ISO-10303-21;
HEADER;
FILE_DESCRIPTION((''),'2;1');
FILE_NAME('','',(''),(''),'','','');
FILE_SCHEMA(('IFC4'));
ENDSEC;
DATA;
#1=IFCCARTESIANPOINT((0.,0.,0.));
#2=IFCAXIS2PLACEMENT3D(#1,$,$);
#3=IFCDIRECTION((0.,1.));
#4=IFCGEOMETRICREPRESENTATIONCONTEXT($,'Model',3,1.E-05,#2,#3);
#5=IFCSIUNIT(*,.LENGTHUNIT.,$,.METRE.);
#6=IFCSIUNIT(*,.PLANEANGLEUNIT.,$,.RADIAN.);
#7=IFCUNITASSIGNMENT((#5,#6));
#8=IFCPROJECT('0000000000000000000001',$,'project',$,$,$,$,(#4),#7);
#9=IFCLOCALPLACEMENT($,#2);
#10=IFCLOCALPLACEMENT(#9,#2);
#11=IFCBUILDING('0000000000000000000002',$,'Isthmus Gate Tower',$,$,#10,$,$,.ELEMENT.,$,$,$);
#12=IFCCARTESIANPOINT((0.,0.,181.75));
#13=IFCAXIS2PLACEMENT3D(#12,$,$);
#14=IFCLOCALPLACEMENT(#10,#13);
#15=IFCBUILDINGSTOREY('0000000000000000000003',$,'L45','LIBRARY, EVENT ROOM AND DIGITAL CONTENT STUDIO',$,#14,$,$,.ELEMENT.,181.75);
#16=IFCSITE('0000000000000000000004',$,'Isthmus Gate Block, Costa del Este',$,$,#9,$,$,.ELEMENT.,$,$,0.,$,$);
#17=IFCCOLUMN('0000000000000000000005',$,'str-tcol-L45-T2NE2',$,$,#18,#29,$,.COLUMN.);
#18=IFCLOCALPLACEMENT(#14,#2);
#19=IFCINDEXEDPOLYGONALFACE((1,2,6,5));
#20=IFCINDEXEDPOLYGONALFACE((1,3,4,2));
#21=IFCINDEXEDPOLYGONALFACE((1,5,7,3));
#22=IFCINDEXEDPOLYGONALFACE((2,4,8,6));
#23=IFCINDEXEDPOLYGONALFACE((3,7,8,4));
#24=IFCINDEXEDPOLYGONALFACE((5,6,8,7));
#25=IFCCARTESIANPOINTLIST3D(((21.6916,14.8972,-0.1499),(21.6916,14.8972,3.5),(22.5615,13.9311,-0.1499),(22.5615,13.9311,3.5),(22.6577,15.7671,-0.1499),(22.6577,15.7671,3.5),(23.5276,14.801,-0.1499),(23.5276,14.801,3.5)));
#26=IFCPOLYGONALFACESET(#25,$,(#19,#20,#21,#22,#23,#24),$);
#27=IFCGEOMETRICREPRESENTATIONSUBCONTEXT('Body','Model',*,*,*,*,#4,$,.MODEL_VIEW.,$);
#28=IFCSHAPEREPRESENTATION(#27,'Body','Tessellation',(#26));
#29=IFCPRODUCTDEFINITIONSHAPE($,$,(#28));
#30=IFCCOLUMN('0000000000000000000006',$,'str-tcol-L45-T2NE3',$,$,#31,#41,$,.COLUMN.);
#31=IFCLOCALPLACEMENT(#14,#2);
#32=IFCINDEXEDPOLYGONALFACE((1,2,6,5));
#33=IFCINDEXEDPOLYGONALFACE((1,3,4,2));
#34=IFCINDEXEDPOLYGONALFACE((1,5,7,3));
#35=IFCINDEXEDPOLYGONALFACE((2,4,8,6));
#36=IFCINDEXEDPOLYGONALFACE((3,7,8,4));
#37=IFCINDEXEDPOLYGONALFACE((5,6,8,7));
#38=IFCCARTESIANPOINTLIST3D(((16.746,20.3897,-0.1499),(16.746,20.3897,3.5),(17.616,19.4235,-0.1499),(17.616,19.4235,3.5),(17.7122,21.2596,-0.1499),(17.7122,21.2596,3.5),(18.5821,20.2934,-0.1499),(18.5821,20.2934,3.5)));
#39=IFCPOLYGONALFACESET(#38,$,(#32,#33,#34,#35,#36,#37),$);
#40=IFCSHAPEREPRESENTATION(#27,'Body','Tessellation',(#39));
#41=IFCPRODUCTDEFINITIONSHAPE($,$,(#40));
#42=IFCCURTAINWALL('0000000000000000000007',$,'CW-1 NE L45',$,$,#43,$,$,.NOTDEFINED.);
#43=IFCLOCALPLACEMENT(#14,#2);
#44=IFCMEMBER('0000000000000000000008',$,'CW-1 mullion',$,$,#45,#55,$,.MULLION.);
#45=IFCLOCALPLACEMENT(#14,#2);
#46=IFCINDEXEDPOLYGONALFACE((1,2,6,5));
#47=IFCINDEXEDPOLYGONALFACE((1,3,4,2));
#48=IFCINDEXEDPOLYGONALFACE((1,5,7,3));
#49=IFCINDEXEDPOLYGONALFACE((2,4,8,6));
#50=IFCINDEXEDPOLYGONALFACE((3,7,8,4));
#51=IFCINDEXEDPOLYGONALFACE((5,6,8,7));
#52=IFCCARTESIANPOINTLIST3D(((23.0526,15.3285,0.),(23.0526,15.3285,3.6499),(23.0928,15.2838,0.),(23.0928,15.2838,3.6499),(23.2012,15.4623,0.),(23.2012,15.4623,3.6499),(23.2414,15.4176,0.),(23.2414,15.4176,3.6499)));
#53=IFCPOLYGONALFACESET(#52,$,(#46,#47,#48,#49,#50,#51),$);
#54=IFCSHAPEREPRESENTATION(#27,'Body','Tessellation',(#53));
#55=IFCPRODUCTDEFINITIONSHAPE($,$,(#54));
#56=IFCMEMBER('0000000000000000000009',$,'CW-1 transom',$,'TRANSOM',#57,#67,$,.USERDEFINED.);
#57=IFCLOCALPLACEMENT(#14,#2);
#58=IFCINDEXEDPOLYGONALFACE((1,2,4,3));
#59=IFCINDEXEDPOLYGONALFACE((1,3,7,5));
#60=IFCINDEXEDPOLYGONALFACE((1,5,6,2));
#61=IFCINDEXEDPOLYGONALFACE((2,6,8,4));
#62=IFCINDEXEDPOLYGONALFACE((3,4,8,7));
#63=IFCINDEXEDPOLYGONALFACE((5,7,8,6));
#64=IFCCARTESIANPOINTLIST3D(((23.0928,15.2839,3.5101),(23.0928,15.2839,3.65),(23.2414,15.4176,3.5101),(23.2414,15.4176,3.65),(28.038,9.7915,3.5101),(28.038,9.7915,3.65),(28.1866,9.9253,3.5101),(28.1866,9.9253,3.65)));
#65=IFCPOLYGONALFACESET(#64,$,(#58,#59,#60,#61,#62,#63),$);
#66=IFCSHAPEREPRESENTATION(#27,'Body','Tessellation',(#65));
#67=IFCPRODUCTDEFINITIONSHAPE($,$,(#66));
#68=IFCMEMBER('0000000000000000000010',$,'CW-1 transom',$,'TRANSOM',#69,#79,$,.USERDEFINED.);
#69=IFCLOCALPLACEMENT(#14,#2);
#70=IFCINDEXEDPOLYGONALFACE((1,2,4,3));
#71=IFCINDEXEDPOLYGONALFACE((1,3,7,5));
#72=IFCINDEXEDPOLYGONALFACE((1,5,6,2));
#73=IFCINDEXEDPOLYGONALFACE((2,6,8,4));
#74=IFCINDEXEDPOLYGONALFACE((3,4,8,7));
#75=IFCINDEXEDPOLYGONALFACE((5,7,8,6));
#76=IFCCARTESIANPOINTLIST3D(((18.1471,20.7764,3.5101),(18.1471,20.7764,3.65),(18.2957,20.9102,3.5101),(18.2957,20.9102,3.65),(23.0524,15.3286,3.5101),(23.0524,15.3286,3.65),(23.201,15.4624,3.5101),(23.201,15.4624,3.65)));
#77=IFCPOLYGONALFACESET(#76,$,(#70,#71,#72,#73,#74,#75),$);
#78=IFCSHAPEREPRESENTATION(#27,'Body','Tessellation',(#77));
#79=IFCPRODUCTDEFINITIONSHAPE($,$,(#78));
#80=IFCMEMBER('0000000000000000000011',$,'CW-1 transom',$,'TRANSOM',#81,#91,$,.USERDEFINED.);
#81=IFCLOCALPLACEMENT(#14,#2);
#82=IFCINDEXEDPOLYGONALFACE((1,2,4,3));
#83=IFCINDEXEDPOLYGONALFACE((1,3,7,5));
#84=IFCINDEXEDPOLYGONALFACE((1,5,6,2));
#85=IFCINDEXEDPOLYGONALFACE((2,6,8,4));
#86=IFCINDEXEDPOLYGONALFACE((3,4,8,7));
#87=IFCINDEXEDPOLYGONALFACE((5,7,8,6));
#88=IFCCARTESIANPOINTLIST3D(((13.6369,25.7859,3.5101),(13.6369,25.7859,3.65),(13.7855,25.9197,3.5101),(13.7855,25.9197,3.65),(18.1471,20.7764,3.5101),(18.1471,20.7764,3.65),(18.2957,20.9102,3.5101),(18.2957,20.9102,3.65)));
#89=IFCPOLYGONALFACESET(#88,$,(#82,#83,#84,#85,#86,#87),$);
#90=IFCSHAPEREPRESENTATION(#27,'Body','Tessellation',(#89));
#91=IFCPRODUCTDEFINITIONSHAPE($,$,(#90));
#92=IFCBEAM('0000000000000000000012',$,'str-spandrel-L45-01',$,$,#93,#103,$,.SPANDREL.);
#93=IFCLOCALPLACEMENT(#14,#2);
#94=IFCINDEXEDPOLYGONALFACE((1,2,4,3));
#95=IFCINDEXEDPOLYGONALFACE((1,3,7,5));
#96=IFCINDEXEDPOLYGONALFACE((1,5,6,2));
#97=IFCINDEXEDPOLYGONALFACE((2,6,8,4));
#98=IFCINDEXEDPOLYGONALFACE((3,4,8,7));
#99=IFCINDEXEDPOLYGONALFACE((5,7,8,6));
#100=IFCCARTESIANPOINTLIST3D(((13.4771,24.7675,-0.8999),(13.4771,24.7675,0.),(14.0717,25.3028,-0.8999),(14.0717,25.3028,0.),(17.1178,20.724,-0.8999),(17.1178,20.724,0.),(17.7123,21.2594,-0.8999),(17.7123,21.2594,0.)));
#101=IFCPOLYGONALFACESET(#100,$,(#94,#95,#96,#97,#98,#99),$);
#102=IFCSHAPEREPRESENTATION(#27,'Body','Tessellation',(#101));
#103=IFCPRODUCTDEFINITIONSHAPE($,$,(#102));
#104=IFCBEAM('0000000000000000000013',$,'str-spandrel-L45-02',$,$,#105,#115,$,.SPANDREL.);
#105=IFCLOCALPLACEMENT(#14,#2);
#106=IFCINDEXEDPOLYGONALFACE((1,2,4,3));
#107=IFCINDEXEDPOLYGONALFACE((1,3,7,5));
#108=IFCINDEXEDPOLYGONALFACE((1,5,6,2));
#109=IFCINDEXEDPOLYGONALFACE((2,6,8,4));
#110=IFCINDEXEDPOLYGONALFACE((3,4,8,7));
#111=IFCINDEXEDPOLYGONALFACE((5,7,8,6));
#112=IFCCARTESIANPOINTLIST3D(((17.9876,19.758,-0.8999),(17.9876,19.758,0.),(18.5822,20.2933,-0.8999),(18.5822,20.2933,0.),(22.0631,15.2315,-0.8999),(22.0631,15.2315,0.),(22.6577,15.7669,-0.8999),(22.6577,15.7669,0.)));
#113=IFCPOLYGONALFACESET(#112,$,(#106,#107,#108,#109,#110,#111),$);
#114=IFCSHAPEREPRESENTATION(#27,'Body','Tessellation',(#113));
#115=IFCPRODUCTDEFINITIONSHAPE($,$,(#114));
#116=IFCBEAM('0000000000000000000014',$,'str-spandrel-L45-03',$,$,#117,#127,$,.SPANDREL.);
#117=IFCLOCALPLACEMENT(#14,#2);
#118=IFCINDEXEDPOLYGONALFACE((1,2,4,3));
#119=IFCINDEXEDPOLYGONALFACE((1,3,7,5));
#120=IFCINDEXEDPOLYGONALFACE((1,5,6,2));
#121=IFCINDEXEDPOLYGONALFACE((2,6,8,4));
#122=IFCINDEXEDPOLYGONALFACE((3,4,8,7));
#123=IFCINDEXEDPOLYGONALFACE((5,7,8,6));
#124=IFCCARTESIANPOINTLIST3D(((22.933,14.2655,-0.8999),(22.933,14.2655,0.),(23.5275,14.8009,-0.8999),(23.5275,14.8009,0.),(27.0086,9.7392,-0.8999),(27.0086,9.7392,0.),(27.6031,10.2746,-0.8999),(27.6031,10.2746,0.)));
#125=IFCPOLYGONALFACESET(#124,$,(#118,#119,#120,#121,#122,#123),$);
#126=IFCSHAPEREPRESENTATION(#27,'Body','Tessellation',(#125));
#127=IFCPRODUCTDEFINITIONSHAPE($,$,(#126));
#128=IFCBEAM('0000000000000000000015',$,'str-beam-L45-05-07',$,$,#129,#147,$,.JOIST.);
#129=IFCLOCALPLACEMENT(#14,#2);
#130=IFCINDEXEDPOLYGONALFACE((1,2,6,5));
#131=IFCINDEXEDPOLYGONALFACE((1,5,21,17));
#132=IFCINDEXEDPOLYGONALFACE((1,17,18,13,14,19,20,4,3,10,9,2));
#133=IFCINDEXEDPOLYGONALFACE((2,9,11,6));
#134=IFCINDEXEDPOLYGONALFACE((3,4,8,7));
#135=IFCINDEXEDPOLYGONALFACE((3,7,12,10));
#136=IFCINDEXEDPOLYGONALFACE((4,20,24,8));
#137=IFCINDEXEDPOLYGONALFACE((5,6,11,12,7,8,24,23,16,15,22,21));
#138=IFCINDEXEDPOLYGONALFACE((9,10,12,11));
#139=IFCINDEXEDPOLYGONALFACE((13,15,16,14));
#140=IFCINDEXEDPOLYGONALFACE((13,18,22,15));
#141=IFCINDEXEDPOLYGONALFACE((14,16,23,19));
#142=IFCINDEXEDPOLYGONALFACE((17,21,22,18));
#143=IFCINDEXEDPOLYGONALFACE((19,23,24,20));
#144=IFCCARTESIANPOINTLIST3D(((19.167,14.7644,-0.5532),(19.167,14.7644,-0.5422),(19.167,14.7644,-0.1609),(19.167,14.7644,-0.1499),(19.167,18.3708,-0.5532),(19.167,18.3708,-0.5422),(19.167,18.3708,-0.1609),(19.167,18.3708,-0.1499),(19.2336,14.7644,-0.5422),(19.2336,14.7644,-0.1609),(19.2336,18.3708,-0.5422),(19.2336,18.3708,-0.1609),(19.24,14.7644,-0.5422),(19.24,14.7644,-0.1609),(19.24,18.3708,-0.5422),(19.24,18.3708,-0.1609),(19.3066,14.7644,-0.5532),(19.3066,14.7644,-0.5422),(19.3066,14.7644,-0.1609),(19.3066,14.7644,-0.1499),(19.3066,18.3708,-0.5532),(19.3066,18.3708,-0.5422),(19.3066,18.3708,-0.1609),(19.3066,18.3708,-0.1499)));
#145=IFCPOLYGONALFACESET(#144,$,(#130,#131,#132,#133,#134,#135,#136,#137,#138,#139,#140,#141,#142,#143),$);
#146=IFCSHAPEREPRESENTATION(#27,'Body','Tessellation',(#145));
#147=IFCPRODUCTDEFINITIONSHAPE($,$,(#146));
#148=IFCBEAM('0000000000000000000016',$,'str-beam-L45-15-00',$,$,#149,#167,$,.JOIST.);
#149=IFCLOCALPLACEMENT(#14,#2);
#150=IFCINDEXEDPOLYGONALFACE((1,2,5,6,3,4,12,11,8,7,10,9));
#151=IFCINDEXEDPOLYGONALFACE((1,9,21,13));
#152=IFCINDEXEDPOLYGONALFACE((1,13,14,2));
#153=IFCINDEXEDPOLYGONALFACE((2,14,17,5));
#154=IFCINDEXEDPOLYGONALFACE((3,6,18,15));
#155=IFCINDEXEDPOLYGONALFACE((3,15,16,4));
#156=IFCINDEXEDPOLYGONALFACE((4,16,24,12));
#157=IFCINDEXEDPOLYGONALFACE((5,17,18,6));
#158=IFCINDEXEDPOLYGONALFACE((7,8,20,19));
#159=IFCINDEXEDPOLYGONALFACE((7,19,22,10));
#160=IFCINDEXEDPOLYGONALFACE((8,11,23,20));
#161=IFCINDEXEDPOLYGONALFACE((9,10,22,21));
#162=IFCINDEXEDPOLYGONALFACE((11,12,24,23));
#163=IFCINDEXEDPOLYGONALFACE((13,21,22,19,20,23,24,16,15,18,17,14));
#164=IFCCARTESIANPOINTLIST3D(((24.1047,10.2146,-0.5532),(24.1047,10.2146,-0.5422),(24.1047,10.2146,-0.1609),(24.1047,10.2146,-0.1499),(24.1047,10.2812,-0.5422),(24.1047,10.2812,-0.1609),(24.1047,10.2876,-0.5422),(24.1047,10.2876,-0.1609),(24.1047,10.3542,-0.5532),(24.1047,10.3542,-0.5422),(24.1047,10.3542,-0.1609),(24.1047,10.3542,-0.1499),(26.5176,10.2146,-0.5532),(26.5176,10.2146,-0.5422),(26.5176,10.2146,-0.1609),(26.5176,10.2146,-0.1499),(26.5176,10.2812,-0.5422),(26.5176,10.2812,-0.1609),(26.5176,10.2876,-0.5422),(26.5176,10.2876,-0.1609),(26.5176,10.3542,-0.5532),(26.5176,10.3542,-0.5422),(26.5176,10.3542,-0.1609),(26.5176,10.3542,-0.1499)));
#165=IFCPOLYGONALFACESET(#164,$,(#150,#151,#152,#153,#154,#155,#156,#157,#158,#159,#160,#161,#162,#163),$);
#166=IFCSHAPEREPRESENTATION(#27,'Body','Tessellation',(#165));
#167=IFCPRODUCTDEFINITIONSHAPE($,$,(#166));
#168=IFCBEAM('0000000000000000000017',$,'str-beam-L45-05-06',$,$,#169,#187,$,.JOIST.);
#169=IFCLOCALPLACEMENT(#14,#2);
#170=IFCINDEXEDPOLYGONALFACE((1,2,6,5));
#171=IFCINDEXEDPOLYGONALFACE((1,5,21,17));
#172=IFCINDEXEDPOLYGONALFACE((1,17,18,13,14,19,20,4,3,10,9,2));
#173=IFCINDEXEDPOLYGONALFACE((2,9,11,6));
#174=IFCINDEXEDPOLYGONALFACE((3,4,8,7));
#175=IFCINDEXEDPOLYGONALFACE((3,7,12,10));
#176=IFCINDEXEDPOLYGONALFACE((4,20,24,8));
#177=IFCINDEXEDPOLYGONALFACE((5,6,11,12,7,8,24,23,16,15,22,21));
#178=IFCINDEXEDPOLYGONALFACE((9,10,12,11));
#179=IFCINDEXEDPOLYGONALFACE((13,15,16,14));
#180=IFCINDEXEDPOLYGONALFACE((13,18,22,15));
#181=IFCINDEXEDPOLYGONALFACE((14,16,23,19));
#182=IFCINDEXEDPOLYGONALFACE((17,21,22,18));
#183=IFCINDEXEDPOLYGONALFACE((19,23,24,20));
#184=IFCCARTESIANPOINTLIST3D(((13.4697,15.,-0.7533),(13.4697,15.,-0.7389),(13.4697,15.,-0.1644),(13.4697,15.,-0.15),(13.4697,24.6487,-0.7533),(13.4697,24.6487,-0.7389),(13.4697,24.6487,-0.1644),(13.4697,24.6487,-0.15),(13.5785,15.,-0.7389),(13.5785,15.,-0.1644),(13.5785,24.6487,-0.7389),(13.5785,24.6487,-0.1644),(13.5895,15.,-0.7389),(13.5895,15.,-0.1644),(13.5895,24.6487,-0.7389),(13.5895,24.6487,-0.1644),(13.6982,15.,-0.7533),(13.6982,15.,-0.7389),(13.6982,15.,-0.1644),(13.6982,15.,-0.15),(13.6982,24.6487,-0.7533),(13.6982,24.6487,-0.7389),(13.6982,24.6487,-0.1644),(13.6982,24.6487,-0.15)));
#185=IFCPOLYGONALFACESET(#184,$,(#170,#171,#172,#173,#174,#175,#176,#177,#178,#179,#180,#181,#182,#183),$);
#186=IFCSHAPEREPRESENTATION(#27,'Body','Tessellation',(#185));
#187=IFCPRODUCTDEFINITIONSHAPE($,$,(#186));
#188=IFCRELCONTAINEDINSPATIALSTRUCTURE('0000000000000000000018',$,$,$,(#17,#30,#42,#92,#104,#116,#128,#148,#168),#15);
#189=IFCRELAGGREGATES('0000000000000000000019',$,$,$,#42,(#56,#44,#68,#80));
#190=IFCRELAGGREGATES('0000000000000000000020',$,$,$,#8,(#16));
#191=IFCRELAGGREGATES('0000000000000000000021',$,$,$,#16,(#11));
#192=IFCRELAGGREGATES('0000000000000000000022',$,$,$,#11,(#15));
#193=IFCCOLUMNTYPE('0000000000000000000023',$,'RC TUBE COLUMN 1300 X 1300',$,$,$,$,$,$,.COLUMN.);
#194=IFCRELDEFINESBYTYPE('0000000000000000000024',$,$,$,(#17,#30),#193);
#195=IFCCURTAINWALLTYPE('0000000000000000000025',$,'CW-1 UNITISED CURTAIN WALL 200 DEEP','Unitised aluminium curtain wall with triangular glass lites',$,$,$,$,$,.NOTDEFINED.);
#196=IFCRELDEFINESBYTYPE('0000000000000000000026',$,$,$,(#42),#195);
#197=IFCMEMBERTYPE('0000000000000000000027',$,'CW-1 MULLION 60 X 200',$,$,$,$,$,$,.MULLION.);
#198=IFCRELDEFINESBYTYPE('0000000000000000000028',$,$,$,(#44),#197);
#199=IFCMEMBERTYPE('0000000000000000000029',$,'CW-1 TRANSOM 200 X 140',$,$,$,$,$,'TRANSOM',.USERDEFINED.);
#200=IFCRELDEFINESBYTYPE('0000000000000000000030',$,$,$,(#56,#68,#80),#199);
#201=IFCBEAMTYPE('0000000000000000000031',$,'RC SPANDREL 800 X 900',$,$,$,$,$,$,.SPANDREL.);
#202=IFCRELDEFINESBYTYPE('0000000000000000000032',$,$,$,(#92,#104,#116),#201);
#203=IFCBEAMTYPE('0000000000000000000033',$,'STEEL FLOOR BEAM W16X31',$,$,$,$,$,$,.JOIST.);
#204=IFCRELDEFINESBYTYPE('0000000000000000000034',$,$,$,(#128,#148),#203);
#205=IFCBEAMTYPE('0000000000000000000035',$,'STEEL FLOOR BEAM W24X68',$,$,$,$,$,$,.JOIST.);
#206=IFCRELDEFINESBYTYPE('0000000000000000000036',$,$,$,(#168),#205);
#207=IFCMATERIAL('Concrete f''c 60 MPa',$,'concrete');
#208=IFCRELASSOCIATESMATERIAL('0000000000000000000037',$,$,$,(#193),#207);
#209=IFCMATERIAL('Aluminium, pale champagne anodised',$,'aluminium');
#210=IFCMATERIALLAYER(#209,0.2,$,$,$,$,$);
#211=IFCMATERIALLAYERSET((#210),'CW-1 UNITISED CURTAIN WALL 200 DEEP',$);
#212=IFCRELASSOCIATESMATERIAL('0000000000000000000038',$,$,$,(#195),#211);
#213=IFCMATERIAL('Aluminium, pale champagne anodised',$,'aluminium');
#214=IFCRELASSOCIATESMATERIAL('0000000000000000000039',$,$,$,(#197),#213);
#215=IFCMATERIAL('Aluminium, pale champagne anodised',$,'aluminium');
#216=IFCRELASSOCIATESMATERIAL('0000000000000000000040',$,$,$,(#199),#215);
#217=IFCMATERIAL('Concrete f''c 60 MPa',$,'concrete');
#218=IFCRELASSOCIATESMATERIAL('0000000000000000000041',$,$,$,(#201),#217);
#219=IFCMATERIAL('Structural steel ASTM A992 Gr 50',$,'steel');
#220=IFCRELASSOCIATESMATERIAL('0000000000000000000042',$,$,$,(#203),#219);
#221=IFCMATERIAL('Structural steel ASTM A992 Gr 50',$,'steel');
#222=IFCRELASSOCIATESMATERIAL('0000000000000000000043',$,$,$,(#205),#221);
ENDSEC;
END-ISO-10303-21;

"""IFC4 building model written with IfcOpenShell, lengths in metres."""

from ifc_helpers import new_model, si_unit, direction, frame, origin, origin_2d, place, context, subcontext, project, spatial, rectangle, i_section, extrude, material, layer, layer_set, material_profile, profile_set, type_object, element, aggregate, save


model = new_model("IFC4")

# Units and contexts
model_context = context("Model", 3, precision=1e-05, world=origin(), true_north=direction((0.0, 1.0)))
body_context = subcontext(model_context, "Body", "Model", "MODEL_VIEW")
ifc_project = project(units=[si_unit("LENGTHUNIT", "METRE"), si_unit("PLANEANGLEUNIT", "RADIAN")], contexts=[model_context])

# Site, building, storey
site_placement = place(None, origin())
site = spatial("IfcSite", under=ifc_project, at=site_placement, Name="Isthmus Gate Block, Costa del Este", CompositionType="ELEMENT", RefElevation=0.0)
building_placement = place(site_placement, origin())
building = spatial("IfcBuilding", under=site, at=building_placement, Name="Isthmus Gate Tower", CompositionType="ELEMENT")
storey_placement = place(building_placement, frame((0.0, 0.0, 181.75)))
storey = spatial("IfcBuildingStorey", under=building, at=storey_placement, Name="L45", Description="LIBRARY, EVENT ROOM AND DIGITAL CONTENT STUDIO", CompositionType="ELEMENT", Elevation=181.75)

# Columns
ifc_material_1 = material(Name="Concrete f'c 60 MPa", Category="concrete")
ifc_material_profile_1 = material_profile(ifc_material_1, rectangle(XDim=1.3, YDim=1.3, at=origin_2d()), Name="RC 1300X1300")
ifc_profile_set_1 = profile_set([ifc_material_profile_1], Name="Concrete f'c 60 MPa")
column_type = type_object("IfcColumnType", Name="RC TUBE COLUMN 1300 X 1300", PredefinedType="COLUMN", material=ifc_profile_set_1)
for number, where, z_axis, x_axis, name in (
    (1, (22.6096, 14.8491, -0.1499), (0.0, 0.0, 1.0), (-0.669131, 0.743145, 0.0), "str-tcol-L45-T2NE2"),
    (2, (17.6641, 20.3416, -0.1499), (0.0, 0.0, 1.0), (-0.669131, 0.743145, 0.0), "str-tcol-L45-T2NE3"),
):
    element("IfcColumn", number, at=place(storey_placement, frame(where, z_axis=z_axis, x_axis=x_axis)), inside=storey, type_object=column_type, Name=name, PredefinedType="COLUMN", context=body_context, shape_type="SweptSolid", body=[
        extrude(rectangle(XDim=1.3, YDim=1.3, at=origin_2d()), origin(), (0.0, 0.0, 1.0), 3.6499),
    ])

# Curtain wall, members
ifc_material_2 = material(Name="Aluminium, pale champagne anodised", Category="aluminium")
ifc_layer_1 = layer(ifc_material_2, 0.2)
ifc_layer_set_1 = layer_set([ifc_layer_1], Name="CW-1 UNITISED CURTAIN WALL 200 DEEP")
curtain_wall_type = type_object("IfcCurtainWallType", Name="CW-1 UNITISED CURTAIN WALL 200 DEEP", Description="Unitised aluminium curtain wall with triangular glass lites", PredefinedType="NOTDEFINED", material=ifc_layer_set_1)
curtain_wall_placement = place(storey_placement, origin())
curtain_wall = element("IfcCurtainWall", 3, at=curtain_wall_placement, inside=storey, type_object=curtain_wall_type, Name="CW-1 NE L45", PredefinedType="NOTDEFINED")
ifc_material_3 = material(Name="Aluminium, pale champagne anodised", Category="aluminium")
ifc_material_profile_2 = material_profile(ifc_material_3, rectangle(XDim=0.0601, YDim=0.2, at=origin_2d()), Name="60x200")
ifc_profile_set_2 = profile_set([ifc_material_profile_2], Name="Aluminium, pale champagne anodised")
member_type_1 = type_object("IfcMemberType", Name="CW-1 MULLION 60 X 200", PredefinedType="MULLION", material=ifc_profile_set_2)
member_1_placement = place(storey_placement, frame((23.147, 15.373, 0.0), z_axis=(0.0, 0.0, 1.0), x_axis=(-0.669131, 0.743145, 0.0)))
member_1 = element("IfcMember", 4, at=member_1_placement, type_object=member_type_1, Name="CW-1 mullion", PredefinedType="MULLION", context=body_context, shape_type="SweptSolid", body=[
    extrude(rectangle(XDim=0.0601, YDim=0.2, at=origin_2d()), origin(), (0.0, 0.0, 1.0), 3.6499),
])
ifc_material_4 = material(Name="Aluminium, pale champagne anodised", Category="aluminium")
ifc_material_profile_3 = material_profile(ifc_material_4, rectangle(XDim=0.2, YDim=0.1399, at=origin_2d()), Name="200x140")
ifc_profile_set_3 = profile_set([ifc_material_profile_3], Name="Aluminium, pale champagne anodised")
member_type_2 = type_object("IfcMemberType", Name="CW-1 TRANSOM 200 X 140", ElementType="TRANSOM", PredefinedType="USERDEFINED", material=ifc_profile_set_3)
member_2_placement = place(storey_placement, frame((28.1123, 9.8584, 3.5801), z_axis=(-0.669123, 0.743151, 0.0), x_axis=(-0.743151, -0.669123, 0.0)))
member_2 = element("IfcMember", 5, at=member_2_placement, type_object=member_type_2, Name="CW-1 transom", ObjectType="TRANSOM", PredefinedType="USERDEFINED", context=body_context, shape_type="SweptSolid", body=[
    extrude(rectangle(XDim=0.2, YDim=0.1399, at=origin_2d()), origin(), (0.0, 0.0, 1.0), 7.3906),
])
member_3_placement = place(storey_placement, frame((23.1267, 15.3955, 3.5801), z_axis=(-0.669138, 0.743138, 0.0), x_axis=(-0.743138, -0.669138, 0.0)))
member_3 = element("IfcMember", 6, at=member_3_placement, type_object=member_type_2, Name="CW-1 transom", ObjectType="TRANSOM", PredefinedType="USERDEFINED", context=body_context, shape_type="SweptSolid", body=[
    extrude(rectangle(XDim=0.2, YDim=0.1399, at=origin_2d()), origin(), (0.0, 0.0, 1.0), 7.3308),
])
member_4_placement = place(storey_placement, frame((18.2214, 20.8433, 3.5801), z_axis=(-0.669103, 0.74317, 0.0), x_axis=(-0.74317, -0.669103, 0.0)))
member_4 = element("IfcMember", 7, at=member_4_placement, type_object=member_type_2, Name="CW-1 transom", ObjectType="TRANSOM", PredefinedType="USERDEFINED", context=body_context, shape_type="SweptSolid", body=[
    extrude(rectangle(XDim=0.2, YDim=0.1399, at=origin_2d()), origin(), (0.0, 0.0, 1.0), 6.7407),
])

# Beams
ifc_material_5 = material(Name="Concrete f'c 60 MPa", Category="concrete")
ifc_material_profile_4 = material_profile(ifc_material_5, rectangle(XDim=0.8, YDim=0.8999, at=origin_2d()), Name="RC 800X900")
ifc_profile_set_4 = profile_set([ifc_material_profile_4], Name="Concrete f'c 60 MPa")
beam_type_1 = type_object("IfcBeamType", Name="RC SPANDREL 800 X 900", PredefinedType="SPANDREL", material=ifc_profile_set_4)
beam_1_placement = place(storey_placement, frame((13.7744, 25.0352, -0.45), z_axis=(0.669118, -0.743156, 0.0), x_axis=(0.743156, 0.669118, 0.0)))
element("IfcBeam", 8, at=beam_1_placement, inside=storey, type_object=beam_type_1, Name="str-spandrel-L45-01", PredefinedType="SPANDREL", context=body_context, shape_type="SweptSolid", body=[
    extrude(rectangle(XDim=0.8, YDim=0.8999, at=origin_2d()), origin(), (0.0, 0.0, 1.0), 5.4409),
])
for number, where, z_axis, x_axis, name in (
    (9, (18.2849, 20.0256, -0.45), (0.66912, -0.743155, 0.0), (0.743155, 0.66912, 0.0), "str-spandrel-L45-02"),
    (10, (23.2302, 14.5332, -0.45), (0.669142, -0.743135, 0.0), (0.743135, 0.669142, 0.0), "str-spandrel-L45-03"),
):
    element("IfcBeam", number, at=place(storey_placement, frame(where, z_axis=z_axis, x_axis=x_axis)), inside=storey, type_object=beam_type_1, Name=name, PredefinedType="SPANDREL", context=body_context, shape_type="SweptSolid", body=[
        extrude(rectangle(XDim=0.8, YDim=0.8999, at=origin_2d()), origin(), (0.0, 0.0, 1.0), 6.0908),
    ])
ifc_material_6 = material(Name="Structural steel ASTM A992 Gr 50", Category="steel")
ifc_material_profile_5 = material_profile(ifc_material_6, i_section(OverallWidth=0.1396, OverallDepth=0.4033, WebThickness=0.0063, FlangeThickness=0.011, at=origin_2d()), Name="W16X31")
ifc_profile_set_5 = profile_set([ifc_material_profile_5], Name="Structural steel ASTM A992 Gr 50")
beam_type_2 = type_object("IfcBeamType", Name="STEEL FLOOR BEAM W16X31", PredefinedType="JOIST", material=ifc_profile_set_5)
beam_2_placement = place(storey_placement, frame((19.2368, 14.7644, -0.3516), z_axis=(0.0, 1.0, 0.0), x_axis=(-1.0, 0.0, 0.0)))
element("IfcBeam", 11, at=beam_2_placement, inside=storey, type_object=beam_type_2, Name="str-beam-L45-05-07", PredefinedType="JOIST", context=body_context, shape_type="SweptSolid", body=[
    extrude(i_section(OverallWidth=0.1396, OverallDepth=0.4033, WebThickness=0.0063, FlangeThickness=0.011, at=origin_2d()), origin(), (0.0, 0.0, 1.0), 3.6064),
])
beam_3_placement = place(storey_placement, frame((24.1047, 10.2844, -0.3516), z_axis=(1.0, 0.0, 0.0), x_axis=(0.0, 1.0, 0.0)))
element("IfcBeam", 12, at=beam_3_placement, inside=storey, type_object=beam_type_2, Name="str-beam-L45-15-00", PredefinedType="JOIST", context=body_context, shape_type="SweptSolid", body=[
    extrude(i_section(OverallWidth=0.1396, OverallDepth=0.4033, WebThickness=0.0063, FlangeThickness=0.011, at=origin_2d()), origin(), (0.0, 0.0, 1.0), 2.4128),
])
ifc_material_7 = material(Name="Structural steel ASTM A992 Gr 50", Category="steel")
ifc_material_profile_6 = material_profile(ifc_material_7, i_section(OverallWidth=0.2285, OverallDepth=0.6033, WebThickness=0.011, FlangeThickness=0.0144, at=origin_2d()), Name="W24X68")
ifc_profile_set_6 = profile_set([ifc_material_profile_6], Name="Structural steel ASTM A992 Gr 50")
beam_type_3 = type_object("IfcBeamType", Name="STEEL FLOOR BEAM W24X68", PredefinedType="JOIST", material=ifc_profile_set_6)
beam_4_placement = place(storey_placement, frame((13.584, 15.0, -0.4517), z_axis=(0.0, 1.0, 0.0), x_axis=(-1.0, 0.0, 0.0)))
element("IfcBeam", 13, at=beam_4_placement, inside=storey, type_object=beam_type_3, Name="str-beam-L45-05-06", PredefinedType="JOIST", context=body_context, shape_type="SweptSolid", body=[
    extrude(i_section(OverallWidth=0.2285, OverallDepth=0.6033, WebThickness=0.011, FlangeThickness=0.0144, at=origin_2d()), origin(), (0.0, 0.0, 1.0), 9.6487),
])

aggregate(curtain_wall, [member_2, member_1, member_3, member_4])

save(model, "model.ifc")
